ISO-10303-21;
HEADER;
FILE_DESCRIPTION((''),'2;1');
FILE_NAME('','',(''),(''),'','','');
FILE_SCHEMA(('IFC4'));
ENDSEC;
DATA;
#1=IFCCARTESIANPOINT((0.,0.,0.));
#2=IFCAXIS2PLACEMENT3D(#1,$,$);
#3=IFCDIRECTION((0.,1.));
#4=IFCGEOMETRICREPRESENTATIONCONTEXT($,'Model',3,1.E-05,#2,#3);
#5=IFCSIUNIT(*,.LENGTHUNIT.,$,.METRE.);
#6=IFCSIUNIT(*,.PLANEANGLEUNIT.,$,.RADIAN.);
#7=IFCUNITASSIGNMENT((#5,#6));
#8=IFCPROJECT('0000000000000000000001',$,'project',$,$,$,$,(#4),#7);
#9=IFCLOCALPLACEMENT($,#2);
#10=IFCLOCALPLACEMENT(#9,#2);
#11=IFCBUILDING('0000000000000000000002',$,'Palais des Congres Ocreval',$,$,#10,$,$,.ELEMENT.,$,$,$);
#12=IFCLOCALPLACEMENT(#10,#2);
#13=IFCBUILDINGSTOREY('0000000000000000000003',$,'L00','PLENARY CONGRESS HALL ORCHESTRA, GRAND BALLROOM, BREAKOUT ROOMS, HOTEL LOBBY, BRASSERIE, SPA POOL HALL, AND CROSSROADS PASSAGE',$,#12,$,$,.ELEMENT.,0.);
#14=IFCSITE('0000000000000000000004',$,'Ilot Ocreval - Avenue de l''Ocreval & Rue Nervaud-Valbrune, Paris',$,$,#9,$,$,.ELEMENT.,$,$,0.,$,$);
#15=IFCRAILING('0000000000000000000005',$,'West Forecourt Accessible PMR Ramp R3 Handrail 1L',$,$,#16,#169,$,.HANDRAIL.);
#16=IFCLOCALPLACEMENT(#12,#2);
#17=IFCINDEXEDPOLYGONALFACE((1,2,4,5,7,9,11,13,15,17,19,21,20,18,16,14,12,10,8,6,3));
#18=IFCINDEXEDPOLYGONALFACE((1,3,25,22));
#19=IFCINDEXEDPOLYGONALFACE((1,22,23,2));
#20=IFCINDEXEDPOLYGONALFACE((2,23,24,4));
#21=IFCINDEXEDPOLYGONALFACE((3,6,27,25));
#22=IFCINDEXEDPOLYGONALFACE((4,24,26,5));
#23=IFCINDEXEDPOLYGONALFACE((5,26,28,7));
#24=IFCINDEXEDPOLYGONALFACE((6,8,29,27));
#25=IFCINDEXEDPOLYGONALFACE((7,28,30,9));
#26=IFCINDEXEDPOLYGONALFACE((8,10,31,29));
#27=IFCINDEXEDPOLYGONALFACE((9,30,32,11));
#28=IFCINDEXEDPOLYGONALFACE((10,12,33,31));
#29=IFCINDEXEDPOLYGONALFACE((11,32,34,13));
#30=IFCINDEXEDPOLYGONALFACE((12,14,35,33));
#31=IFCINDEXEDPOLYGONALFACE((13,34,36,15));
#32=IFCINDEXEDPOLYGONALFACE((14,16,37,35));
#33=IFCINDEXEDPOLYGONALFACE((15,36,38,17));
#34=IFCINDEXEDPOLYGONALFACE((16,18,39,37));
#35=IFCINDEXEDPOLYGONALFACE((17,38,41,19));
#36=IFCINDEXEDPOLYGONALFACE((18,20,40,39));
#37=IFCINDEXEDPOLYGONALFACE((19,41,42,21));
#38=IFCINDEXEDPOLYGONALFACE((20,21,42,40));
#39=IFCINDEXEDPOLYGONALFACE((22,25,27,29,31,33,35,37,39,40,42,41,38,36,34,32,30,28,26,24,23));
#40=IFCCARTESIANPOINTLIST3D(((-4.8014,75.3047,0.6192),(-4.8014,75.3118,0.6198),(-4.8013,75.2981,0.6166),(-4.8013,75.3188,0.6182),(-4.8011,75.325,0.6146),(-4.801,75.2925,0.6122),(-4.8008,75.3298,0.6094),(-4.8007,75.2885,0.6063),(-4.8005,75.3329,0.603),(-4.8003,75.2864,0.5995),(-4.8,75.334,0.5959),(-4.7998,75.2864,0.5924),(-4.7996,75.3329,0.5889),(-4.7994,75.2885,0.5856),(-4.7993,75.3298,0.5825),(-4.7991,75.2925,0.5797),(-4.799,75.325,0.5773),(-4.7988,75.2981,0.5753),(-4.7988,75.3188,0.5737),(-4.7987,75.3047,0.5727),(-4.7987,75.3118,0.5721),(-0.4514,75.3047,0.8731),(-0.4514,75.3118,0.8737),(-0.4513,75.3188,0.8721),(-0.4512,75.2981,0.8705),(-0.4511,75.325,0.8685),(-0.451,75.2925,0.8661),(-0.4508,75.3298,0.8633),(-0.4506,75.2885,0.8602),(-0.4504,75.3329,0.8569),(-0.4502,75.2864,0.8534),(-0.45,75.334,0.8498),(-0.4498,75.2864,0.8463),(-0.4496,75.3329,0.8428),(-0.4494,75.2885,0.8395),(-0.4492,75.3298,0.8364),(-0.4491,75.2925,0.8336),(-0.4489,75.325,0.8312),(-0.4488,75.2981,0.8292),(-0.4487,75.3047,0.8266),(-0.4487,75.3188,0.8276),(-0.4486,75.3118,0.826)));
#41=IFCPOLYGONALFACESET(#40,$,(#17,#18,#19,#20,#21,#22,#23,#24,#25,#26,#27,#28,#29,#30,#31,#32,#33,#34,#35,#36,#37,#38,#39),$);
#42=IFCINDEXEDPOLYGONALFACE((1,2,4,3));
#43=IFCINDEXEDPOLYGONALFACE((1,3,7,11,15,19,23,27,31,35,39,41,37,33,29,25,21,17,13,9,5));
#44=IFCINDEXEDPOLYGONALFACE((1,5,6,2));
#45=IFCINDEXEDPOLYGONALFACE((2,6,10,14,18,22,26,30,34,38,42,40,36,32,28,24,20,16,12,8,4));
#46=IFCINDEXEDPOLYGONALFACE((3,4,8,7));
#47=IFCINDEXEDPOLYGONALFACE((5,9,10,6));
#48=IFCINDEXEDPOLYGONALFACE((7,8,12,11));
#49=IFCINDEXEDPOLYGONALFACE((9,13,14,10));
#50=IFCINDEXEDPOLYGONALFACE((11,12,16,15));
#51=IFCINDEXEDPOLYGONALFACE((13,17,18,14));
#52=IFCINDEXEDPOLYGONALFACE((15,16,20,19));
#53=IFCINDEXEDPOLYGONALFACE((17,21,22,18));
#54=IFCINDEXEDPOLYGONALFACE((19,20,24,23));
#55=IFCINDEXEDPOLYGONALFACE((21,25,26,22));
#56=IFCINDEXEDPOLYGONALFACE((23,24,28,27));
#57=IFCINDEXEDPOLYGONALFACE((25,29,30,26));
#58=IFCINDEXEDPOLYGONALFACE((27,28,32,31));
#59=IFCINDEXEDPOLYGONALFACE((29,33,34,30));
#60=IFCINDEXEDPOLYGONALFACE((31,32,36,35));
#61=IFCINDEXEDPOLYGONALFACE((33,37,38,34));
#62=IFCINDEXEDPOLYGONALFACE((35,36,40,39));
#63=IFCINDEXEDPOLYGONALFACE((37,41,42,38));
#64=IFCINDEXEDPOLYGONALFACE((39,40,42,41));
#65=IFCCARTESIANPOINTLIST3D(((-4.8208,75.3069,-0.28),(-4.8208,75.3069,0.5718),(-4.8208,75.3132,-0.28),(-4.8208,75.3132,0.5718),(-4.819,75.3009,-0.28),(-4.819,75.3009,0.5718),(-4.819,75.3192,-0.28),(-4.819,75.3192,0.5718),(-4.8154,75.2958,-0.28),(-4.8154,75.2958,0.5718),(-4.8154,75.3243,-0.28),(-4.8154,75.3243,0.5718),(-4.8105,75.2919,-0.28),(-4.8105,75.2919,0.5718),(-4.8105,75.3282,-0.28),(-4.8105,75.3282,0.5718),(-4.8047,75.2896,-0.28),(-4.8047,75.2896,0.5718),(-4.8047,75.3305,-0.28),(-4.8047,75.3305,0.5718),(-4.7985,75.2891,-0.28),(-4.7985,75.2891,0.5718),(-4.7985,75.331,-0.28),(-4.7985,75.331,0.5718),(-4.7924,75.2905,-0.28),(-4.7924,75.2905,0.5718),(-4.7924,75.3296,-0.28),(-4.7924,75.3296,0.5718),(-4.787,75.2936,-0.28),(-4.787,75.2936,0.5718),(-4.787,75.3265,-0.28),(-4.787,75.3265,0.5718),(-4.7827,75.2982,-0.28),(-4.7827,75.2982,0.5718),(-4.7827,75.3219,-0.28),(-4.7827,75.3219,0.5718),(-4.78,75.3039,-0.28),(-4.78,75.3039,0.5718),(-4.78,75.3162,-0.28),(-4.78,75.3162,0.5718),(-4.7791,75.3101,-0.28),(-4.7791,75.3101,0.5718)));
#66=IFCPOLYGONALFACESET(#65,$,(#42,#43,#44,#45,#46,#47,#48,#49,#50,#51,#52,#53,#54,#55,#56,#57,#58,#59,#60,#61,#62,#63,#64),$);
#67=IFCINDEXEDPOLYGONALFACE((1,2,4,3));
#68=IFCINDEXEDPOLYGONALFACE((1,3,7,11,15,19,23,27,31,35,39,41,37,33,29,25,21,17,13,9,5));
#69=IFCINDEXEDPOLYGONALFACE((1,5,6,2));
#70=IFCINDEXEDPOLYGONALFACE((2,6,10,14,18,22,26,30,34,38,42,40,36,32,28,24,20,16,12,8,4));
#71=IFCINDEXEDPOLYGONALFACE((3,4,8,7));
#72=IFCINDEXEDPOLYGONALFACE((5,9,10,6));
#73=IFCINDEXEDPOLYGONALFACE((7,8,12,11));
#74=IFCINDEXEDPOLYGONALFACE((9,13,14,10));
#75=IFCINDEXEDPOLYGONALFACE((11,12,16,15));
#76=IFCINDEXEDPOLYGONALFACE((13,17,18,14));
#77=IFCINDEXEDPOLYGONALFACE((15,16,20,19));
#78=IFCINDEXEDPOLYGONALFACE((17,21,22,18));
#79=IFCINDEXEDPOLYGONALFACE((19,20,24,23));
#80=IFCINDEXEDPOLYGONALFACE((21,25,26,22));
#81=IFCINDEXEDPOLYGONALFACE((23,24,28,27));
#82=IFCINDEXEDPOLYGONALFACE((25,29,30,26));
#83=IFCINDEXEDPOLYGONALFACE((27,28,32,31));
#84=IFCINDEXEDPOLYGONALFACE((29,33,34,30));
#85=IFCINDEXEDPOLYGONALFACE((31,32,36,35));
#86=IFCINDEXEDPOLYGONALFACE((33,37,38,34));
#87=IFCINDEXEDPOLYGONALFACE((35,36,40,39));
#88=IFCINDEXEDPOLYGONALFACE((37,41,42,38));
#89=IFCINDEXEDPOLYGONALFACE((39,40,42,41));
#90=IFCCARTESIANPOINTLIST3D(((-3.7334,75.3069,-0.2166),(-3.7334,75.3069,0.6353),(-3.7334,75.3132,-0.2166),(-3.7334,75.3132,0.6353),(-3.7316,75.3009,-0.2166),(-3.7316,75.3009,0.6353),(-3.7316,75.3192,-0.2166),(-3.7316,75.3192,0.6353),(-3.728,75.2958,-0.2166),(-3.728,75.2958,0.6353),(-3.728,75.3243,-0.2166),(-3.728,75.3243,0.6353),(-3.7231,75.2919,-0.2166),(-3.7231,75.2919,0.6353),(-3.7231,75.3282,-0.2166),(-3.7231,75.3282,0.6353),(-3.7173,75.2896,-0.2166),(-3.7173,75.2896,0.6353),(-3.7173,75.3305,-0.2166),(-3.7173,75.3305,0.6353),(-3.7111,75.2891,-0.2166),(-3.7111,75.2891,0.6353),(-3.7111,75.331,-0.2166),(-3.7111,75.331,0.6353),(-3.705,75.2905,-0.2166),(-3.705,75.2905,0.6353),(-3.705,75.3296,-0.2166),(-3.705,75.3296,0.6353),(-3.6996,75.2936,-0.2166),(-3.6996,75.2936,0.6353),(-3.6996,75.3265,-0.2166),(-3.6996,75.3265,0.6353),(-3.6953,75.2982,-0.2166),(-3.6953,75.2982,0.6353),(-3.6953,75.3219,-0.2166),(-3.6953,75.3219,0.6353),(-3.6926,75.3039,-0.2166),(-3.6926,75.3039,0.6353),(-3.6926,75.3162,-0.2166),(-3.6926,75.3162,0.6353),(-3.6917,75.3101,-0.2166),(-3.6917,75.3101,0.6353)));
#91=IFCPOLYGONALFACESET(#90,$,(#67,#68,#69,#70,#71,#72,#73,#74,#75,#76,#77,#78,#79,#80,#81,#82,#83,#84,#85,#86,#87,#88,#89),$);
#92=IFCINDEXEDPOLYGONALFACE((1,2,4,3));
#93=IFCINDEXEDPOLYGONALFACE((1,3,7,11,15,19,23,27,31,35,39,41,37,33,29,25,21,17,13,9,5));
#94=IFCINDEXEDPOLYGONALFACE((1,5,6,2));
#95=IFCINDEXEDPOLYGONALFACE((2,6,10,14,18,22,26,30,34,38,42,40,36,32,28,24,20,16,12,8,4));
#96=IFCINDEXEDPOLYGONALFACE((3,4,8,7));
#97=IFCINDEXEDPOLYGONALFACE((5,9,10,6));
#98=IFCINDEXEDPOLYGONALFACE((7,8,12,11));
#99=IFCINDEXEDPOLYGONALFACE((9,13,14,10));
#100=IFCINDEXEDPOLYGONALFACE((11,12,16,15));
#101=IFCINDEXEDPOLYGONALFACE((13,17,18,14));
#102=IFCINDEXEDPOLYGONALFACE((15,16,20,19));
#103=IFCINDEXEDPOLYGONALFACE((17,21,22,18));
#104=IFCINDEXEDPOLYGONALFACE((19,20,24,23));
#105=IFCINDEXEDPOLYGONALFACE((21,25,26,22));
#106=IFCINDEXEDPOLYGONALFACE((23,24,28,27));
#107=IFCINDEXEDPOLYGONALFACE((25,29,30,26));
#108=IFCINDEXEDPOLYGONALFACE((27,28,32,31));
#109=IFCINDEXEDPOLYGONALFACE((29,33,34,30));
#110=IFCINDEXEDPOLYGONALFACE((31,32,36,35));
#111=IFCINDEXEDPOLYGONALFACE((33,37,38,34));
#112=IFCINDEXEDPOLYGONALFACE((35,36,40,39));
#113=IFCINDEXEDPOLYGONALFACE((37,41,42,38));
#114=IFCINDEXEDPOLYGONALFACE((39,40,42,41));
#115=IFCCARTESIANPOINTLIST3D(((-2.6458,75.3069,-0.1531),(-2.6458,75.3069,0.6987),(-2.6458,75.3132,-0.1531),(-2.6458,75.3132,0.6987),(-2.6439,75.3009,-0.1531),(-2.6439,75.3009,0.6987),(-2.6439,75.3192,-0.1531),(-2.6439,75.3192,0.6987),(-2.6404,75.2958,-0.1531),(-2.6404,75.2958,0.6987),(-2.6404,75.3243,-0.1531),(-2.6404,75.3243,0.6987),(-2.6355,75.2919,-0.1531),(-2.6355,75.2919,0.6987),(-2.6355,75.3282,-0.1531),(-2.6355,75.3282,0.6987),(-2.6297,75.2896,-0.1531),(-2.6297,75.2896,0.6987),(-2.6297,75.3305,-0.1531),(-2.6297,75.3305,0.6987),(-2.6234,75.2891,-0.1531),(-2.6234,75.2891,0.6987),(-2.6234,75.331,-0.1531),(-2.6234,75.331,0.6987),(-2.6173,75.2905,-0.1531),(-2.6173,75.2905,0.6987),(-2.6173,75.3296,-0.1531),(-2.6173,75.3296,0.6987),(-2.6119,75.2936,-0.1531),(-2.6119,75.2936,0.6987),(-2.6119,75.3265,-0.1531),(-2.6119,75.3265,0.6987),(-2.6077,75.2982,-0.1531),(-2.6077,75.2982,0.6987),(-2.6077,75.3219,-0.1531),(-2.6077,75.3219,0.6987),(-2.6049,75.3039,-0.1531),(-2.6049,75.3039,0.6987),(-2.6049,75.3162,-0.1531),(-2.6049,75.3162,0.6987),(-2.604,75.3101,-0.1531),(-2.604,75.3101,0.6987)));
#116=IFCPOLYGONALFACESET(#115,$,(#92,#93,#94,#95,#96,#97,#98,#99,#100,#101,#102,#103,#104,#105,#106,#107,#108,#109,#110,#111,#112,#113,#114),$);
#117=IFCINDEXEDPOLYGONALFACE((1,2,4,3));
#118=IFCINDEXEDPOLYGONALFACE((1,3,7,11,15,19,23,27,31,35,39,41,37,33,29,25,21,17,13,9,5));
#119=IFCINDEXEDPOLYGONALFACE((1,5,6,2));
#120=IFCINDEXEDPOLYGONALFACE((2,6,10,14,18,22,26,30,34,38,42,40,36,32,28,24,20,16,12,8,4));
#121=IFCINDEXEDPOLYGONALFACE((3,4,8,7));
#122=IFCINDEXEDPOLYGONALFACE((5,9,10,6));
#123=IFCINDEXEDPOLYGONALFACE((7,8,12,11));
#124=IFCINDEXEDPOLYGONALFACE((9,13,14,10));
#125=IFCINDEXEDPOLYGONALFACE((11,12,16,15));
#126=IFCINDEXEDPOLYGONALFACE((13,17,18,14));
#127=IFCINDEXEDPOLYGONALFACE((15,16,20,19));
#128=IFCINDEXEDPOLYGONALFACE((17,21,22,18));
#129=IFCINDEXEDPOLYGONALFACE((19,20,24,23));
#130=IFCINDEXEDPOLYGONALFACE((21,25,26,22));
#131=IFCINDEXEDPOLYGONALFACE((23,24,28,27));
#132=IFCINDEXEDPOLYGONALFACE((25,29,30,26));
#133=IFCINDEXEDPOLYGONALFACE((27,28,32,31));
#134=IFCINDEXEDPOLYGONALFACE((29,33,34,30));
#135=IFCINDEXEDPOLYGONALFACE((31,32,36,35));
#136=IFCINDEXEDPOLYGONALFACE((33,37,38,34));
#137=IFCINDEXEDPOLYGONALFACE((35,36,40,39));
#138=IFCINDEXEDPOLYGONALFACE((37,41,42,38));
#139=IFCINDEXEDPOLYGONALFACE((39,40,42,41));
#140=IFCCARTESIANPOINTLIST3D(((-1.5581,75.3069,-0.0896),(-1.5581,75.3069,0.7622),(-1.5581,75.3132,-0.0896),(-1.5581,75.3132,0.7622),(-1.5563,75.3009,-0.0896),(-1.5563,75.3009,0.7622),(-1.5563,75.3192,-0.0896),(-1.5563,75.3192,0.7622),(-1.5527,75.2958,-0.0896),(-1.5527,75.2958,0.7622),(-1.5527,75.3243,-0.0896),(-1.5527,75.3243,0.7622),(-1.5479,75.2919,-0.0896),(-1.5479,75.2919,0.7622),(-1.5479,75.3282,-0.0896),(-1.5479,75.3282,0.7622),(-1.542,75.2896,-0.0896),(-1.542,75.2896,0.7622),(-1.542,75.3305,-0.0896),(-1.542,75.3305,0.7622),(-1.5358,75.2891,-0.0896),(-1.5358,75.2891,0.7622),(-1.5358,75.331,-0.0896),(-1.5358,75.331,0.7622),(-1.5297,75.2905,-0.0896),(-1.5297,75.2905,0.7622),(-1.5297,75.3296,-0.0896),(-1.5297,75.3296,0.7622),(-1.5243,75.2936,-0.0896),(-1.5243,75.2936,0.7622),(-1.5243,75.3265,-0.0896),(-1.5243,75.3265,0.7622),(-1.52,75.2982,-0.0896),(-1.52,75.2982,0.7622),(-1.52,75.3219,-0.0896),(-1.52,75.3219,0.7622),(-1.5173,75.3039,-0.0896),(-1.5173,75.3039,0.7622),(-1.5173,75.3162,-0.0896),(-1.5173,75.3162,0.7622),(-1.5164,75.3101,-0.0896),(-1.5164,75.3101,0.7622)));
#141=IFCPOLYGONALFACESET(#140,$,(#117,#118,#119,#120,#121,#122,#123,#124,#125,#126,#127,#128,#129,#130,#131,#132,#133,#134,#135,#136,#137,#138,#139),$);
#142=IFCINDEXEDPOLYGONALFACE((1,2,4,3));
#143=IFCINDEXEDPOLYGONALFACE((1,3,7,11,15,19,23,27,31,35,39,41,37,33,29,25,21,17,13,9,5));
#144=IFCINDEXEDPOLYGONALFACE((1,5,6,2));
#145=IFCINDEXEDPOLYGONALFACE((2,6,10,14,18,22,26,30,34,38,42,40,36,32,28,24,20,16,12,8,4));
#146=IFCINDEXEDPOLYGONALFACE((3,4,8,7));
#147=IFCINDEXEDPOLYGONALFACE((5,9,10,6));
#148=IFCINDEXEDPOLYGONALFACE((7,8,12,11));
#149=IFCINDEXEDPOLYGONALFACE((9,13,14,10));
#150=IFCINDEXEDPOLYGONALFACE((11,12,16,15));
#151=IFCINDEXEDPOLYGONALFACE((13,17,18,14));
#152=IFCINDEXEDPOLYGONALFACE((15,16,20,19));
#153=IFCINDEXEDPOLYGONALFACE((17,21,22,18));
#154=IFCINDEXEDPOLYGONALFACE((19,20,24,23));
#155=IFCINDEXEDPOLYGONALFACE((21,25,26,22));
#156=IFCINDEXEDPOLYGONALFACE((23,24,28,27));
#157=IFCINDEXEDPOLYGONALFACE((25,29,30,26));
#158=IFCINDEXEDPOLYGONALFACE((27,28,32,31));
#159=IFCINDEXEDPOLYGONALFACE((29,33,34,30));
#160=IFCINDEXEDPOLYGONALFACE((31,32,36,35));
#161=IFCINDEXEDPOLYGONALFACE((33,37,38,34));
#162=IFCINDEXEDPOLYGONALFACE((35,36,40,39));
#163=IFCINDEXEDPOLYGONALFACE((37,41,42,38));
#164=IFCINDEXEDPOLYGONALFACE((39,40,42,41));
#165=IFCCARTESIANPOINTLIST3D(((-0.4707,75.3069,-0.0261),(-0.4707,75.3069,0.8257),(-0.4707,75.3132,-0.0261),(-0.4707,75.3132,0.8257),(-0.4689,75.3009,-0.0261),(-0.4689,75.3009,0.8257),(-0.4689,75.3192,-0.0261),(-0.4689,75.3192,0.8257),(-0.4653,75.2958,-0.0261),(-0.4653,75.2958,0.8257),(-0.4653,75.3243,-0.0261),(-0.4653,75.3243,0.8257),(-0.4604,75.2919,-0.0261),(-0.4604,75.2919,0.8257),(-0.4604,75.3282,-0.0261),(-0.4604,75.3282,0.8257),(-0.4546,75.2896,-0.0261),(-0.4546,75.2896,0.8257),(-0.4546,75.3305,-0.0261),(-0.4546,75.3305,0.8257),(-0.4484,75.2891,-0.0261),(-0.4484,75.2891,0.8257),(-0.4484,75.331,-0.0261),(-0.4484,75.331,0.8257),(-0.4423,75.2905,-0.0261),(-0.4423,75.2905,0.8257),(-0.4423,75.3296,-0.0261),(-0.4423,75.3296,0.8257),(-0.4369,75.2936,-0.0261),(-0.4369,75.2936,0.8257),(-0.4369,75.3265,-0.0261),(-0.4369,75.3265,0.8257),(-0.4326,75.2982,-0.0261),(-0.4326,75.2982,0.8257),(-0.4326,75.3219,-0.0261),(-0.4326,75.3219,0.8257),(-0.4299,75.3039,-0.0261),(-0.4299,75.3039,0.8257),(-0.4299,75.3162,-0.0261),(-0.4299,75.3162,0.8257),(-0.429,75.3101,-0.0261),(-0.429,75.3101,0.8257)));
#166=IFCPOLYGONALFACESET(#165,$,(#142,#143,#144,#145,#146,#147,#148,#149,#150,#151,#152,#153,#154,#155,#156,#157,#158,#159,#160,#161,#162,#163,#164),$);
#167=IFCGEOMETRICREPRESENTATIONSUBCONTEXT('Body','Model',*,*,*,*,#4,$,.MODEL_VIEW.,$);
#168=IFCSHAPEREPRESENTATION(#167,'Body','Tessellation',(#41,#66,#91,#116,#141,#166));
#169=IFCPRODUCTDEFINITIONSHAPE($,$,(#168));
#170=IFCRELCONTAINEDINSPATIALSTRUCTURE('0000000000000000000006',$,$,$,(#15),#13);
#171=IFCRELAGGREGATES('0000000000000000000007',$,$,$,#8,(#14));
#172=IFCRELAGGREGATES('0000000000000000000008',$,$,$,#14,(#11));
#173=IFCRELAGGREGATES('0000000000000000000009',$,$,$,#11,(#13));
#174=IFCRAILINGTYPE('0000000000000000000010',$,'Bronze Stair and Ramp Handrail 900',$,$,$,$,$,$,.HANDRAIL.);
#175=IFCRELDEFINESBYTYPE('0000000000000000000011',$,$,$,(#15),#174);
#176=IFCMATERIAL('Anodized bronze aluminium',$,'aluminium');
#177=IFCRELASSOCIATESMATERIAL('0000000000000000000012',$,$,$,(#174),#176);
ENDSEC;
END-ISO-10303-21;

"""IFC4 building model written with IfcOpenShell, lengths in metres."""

from ifc_helpers import new_model, si_unit, direction, frame, origin, origin_2d, place, context, subcontext, project, spatial, circle, extrude, material, type_object, element, save


model = new_model("IFC4")

# Units and contexts
model_context = context("Model", 3, precision=1e-05, world=origin(), true_north=direction((0.0, 1.0)))
body_context = subcontext(model_context, "Body", "Model", "MODEL_VIEW")
ifc_project = project(units=[si_unit("LENGTHUNIT", "METRE"), si_unit("PLANEANGLEUNIT", "RADIAN")], contexts=[model_context])

# Site, building, storey
site_placement = place(None, origin())
site = spatial("IfcSite", under=ifc_project, at=site_placement, Name="Ilot Ocreval - Avenue de l'Ocreval & Rue Nervaud-Valbrune, Paris", CompositionType="ELEMENT", RefElevation=0.0)
building_placement = place(site_placement, origin())
building = spatial("IfcBuilding", under=site, at=building_placement, Name="Palais des Congres Ocreval", CompositionType="ELEMENT")
storey_placement = place(building_placement, origin())
storey = spatial("IfcBuildingStorey", under=building, at=storey_placement, Name="L00", Description="PLENARY CONGRESS HALL ORCHESTRA, GRAND BALLROOM, BREAKOUT ROOMS, HOTEL LOBBY, BRASSERIE, SPA POOL HALL, AND CROSSROADS PASSAGE", CompositionType="ELEMENT", Elevation=0.0)

# Railing
ifc_material_1 = material(Name="Anodized bronze aluminium", Category="aluminium")
railing_type = type_object("IfcRailingType", Name="Bronze Stair and Ramp Handrail 900", PredefinedType="HANDRAIL", material=ifc_material_1)
for number, where, name in (
    (1, (-4.8, 75.3101, -0.28), "West Forecourt Accessible PMR Ramp R3 Handrail 1L"),
):
    element("IfcRailing", number, at=place(storey_placement, frame(where)), inside=storey, type_object=railing_type, Name=name, PredefinedType="HANDRAIL", context=body_context, shape_type="SweptSolid", body=[
        extrude(circle(Radius=0.0239, at=origin_2d()), frame((0.0, 0.0, 0.876), z_axis=(0.998301, 0.0, 0.058269), x_axis=(0.0, 1.0, 0.0)), (0.0, 0.0, 1.0), 4.3574),
        extrude(circle(Radius=0.021, at=origin_2d()), origin(), (0.0, 0.0, 1.0), 0.8518),
        extrude(circle(Radius=0.021, at=origin_2d()), frame((1.0874, 0.0, 0.0635)), (0.0, 0.0, 1.0), 0.8518),
        extrude(circle(Radius=0.021, at=origin_2d()), frame((2.175, 0.0, 0.127)), (0.0, 0.0, 1.0), 0.8518),
        extrude(circle(Radius=0.021, at=origin_2d()), frame((3.2627, 0.0, 0.1904)), (0.0, 0.0, 1.0), 0.8518),
        extrude(circle(Radius=0.021, at=origin_2d()), frame((4.3501, 0.0, 0.2539)), (0.0, 0.0, 1.0), 0.8518),
    ])

save(model, "model.ifc")
